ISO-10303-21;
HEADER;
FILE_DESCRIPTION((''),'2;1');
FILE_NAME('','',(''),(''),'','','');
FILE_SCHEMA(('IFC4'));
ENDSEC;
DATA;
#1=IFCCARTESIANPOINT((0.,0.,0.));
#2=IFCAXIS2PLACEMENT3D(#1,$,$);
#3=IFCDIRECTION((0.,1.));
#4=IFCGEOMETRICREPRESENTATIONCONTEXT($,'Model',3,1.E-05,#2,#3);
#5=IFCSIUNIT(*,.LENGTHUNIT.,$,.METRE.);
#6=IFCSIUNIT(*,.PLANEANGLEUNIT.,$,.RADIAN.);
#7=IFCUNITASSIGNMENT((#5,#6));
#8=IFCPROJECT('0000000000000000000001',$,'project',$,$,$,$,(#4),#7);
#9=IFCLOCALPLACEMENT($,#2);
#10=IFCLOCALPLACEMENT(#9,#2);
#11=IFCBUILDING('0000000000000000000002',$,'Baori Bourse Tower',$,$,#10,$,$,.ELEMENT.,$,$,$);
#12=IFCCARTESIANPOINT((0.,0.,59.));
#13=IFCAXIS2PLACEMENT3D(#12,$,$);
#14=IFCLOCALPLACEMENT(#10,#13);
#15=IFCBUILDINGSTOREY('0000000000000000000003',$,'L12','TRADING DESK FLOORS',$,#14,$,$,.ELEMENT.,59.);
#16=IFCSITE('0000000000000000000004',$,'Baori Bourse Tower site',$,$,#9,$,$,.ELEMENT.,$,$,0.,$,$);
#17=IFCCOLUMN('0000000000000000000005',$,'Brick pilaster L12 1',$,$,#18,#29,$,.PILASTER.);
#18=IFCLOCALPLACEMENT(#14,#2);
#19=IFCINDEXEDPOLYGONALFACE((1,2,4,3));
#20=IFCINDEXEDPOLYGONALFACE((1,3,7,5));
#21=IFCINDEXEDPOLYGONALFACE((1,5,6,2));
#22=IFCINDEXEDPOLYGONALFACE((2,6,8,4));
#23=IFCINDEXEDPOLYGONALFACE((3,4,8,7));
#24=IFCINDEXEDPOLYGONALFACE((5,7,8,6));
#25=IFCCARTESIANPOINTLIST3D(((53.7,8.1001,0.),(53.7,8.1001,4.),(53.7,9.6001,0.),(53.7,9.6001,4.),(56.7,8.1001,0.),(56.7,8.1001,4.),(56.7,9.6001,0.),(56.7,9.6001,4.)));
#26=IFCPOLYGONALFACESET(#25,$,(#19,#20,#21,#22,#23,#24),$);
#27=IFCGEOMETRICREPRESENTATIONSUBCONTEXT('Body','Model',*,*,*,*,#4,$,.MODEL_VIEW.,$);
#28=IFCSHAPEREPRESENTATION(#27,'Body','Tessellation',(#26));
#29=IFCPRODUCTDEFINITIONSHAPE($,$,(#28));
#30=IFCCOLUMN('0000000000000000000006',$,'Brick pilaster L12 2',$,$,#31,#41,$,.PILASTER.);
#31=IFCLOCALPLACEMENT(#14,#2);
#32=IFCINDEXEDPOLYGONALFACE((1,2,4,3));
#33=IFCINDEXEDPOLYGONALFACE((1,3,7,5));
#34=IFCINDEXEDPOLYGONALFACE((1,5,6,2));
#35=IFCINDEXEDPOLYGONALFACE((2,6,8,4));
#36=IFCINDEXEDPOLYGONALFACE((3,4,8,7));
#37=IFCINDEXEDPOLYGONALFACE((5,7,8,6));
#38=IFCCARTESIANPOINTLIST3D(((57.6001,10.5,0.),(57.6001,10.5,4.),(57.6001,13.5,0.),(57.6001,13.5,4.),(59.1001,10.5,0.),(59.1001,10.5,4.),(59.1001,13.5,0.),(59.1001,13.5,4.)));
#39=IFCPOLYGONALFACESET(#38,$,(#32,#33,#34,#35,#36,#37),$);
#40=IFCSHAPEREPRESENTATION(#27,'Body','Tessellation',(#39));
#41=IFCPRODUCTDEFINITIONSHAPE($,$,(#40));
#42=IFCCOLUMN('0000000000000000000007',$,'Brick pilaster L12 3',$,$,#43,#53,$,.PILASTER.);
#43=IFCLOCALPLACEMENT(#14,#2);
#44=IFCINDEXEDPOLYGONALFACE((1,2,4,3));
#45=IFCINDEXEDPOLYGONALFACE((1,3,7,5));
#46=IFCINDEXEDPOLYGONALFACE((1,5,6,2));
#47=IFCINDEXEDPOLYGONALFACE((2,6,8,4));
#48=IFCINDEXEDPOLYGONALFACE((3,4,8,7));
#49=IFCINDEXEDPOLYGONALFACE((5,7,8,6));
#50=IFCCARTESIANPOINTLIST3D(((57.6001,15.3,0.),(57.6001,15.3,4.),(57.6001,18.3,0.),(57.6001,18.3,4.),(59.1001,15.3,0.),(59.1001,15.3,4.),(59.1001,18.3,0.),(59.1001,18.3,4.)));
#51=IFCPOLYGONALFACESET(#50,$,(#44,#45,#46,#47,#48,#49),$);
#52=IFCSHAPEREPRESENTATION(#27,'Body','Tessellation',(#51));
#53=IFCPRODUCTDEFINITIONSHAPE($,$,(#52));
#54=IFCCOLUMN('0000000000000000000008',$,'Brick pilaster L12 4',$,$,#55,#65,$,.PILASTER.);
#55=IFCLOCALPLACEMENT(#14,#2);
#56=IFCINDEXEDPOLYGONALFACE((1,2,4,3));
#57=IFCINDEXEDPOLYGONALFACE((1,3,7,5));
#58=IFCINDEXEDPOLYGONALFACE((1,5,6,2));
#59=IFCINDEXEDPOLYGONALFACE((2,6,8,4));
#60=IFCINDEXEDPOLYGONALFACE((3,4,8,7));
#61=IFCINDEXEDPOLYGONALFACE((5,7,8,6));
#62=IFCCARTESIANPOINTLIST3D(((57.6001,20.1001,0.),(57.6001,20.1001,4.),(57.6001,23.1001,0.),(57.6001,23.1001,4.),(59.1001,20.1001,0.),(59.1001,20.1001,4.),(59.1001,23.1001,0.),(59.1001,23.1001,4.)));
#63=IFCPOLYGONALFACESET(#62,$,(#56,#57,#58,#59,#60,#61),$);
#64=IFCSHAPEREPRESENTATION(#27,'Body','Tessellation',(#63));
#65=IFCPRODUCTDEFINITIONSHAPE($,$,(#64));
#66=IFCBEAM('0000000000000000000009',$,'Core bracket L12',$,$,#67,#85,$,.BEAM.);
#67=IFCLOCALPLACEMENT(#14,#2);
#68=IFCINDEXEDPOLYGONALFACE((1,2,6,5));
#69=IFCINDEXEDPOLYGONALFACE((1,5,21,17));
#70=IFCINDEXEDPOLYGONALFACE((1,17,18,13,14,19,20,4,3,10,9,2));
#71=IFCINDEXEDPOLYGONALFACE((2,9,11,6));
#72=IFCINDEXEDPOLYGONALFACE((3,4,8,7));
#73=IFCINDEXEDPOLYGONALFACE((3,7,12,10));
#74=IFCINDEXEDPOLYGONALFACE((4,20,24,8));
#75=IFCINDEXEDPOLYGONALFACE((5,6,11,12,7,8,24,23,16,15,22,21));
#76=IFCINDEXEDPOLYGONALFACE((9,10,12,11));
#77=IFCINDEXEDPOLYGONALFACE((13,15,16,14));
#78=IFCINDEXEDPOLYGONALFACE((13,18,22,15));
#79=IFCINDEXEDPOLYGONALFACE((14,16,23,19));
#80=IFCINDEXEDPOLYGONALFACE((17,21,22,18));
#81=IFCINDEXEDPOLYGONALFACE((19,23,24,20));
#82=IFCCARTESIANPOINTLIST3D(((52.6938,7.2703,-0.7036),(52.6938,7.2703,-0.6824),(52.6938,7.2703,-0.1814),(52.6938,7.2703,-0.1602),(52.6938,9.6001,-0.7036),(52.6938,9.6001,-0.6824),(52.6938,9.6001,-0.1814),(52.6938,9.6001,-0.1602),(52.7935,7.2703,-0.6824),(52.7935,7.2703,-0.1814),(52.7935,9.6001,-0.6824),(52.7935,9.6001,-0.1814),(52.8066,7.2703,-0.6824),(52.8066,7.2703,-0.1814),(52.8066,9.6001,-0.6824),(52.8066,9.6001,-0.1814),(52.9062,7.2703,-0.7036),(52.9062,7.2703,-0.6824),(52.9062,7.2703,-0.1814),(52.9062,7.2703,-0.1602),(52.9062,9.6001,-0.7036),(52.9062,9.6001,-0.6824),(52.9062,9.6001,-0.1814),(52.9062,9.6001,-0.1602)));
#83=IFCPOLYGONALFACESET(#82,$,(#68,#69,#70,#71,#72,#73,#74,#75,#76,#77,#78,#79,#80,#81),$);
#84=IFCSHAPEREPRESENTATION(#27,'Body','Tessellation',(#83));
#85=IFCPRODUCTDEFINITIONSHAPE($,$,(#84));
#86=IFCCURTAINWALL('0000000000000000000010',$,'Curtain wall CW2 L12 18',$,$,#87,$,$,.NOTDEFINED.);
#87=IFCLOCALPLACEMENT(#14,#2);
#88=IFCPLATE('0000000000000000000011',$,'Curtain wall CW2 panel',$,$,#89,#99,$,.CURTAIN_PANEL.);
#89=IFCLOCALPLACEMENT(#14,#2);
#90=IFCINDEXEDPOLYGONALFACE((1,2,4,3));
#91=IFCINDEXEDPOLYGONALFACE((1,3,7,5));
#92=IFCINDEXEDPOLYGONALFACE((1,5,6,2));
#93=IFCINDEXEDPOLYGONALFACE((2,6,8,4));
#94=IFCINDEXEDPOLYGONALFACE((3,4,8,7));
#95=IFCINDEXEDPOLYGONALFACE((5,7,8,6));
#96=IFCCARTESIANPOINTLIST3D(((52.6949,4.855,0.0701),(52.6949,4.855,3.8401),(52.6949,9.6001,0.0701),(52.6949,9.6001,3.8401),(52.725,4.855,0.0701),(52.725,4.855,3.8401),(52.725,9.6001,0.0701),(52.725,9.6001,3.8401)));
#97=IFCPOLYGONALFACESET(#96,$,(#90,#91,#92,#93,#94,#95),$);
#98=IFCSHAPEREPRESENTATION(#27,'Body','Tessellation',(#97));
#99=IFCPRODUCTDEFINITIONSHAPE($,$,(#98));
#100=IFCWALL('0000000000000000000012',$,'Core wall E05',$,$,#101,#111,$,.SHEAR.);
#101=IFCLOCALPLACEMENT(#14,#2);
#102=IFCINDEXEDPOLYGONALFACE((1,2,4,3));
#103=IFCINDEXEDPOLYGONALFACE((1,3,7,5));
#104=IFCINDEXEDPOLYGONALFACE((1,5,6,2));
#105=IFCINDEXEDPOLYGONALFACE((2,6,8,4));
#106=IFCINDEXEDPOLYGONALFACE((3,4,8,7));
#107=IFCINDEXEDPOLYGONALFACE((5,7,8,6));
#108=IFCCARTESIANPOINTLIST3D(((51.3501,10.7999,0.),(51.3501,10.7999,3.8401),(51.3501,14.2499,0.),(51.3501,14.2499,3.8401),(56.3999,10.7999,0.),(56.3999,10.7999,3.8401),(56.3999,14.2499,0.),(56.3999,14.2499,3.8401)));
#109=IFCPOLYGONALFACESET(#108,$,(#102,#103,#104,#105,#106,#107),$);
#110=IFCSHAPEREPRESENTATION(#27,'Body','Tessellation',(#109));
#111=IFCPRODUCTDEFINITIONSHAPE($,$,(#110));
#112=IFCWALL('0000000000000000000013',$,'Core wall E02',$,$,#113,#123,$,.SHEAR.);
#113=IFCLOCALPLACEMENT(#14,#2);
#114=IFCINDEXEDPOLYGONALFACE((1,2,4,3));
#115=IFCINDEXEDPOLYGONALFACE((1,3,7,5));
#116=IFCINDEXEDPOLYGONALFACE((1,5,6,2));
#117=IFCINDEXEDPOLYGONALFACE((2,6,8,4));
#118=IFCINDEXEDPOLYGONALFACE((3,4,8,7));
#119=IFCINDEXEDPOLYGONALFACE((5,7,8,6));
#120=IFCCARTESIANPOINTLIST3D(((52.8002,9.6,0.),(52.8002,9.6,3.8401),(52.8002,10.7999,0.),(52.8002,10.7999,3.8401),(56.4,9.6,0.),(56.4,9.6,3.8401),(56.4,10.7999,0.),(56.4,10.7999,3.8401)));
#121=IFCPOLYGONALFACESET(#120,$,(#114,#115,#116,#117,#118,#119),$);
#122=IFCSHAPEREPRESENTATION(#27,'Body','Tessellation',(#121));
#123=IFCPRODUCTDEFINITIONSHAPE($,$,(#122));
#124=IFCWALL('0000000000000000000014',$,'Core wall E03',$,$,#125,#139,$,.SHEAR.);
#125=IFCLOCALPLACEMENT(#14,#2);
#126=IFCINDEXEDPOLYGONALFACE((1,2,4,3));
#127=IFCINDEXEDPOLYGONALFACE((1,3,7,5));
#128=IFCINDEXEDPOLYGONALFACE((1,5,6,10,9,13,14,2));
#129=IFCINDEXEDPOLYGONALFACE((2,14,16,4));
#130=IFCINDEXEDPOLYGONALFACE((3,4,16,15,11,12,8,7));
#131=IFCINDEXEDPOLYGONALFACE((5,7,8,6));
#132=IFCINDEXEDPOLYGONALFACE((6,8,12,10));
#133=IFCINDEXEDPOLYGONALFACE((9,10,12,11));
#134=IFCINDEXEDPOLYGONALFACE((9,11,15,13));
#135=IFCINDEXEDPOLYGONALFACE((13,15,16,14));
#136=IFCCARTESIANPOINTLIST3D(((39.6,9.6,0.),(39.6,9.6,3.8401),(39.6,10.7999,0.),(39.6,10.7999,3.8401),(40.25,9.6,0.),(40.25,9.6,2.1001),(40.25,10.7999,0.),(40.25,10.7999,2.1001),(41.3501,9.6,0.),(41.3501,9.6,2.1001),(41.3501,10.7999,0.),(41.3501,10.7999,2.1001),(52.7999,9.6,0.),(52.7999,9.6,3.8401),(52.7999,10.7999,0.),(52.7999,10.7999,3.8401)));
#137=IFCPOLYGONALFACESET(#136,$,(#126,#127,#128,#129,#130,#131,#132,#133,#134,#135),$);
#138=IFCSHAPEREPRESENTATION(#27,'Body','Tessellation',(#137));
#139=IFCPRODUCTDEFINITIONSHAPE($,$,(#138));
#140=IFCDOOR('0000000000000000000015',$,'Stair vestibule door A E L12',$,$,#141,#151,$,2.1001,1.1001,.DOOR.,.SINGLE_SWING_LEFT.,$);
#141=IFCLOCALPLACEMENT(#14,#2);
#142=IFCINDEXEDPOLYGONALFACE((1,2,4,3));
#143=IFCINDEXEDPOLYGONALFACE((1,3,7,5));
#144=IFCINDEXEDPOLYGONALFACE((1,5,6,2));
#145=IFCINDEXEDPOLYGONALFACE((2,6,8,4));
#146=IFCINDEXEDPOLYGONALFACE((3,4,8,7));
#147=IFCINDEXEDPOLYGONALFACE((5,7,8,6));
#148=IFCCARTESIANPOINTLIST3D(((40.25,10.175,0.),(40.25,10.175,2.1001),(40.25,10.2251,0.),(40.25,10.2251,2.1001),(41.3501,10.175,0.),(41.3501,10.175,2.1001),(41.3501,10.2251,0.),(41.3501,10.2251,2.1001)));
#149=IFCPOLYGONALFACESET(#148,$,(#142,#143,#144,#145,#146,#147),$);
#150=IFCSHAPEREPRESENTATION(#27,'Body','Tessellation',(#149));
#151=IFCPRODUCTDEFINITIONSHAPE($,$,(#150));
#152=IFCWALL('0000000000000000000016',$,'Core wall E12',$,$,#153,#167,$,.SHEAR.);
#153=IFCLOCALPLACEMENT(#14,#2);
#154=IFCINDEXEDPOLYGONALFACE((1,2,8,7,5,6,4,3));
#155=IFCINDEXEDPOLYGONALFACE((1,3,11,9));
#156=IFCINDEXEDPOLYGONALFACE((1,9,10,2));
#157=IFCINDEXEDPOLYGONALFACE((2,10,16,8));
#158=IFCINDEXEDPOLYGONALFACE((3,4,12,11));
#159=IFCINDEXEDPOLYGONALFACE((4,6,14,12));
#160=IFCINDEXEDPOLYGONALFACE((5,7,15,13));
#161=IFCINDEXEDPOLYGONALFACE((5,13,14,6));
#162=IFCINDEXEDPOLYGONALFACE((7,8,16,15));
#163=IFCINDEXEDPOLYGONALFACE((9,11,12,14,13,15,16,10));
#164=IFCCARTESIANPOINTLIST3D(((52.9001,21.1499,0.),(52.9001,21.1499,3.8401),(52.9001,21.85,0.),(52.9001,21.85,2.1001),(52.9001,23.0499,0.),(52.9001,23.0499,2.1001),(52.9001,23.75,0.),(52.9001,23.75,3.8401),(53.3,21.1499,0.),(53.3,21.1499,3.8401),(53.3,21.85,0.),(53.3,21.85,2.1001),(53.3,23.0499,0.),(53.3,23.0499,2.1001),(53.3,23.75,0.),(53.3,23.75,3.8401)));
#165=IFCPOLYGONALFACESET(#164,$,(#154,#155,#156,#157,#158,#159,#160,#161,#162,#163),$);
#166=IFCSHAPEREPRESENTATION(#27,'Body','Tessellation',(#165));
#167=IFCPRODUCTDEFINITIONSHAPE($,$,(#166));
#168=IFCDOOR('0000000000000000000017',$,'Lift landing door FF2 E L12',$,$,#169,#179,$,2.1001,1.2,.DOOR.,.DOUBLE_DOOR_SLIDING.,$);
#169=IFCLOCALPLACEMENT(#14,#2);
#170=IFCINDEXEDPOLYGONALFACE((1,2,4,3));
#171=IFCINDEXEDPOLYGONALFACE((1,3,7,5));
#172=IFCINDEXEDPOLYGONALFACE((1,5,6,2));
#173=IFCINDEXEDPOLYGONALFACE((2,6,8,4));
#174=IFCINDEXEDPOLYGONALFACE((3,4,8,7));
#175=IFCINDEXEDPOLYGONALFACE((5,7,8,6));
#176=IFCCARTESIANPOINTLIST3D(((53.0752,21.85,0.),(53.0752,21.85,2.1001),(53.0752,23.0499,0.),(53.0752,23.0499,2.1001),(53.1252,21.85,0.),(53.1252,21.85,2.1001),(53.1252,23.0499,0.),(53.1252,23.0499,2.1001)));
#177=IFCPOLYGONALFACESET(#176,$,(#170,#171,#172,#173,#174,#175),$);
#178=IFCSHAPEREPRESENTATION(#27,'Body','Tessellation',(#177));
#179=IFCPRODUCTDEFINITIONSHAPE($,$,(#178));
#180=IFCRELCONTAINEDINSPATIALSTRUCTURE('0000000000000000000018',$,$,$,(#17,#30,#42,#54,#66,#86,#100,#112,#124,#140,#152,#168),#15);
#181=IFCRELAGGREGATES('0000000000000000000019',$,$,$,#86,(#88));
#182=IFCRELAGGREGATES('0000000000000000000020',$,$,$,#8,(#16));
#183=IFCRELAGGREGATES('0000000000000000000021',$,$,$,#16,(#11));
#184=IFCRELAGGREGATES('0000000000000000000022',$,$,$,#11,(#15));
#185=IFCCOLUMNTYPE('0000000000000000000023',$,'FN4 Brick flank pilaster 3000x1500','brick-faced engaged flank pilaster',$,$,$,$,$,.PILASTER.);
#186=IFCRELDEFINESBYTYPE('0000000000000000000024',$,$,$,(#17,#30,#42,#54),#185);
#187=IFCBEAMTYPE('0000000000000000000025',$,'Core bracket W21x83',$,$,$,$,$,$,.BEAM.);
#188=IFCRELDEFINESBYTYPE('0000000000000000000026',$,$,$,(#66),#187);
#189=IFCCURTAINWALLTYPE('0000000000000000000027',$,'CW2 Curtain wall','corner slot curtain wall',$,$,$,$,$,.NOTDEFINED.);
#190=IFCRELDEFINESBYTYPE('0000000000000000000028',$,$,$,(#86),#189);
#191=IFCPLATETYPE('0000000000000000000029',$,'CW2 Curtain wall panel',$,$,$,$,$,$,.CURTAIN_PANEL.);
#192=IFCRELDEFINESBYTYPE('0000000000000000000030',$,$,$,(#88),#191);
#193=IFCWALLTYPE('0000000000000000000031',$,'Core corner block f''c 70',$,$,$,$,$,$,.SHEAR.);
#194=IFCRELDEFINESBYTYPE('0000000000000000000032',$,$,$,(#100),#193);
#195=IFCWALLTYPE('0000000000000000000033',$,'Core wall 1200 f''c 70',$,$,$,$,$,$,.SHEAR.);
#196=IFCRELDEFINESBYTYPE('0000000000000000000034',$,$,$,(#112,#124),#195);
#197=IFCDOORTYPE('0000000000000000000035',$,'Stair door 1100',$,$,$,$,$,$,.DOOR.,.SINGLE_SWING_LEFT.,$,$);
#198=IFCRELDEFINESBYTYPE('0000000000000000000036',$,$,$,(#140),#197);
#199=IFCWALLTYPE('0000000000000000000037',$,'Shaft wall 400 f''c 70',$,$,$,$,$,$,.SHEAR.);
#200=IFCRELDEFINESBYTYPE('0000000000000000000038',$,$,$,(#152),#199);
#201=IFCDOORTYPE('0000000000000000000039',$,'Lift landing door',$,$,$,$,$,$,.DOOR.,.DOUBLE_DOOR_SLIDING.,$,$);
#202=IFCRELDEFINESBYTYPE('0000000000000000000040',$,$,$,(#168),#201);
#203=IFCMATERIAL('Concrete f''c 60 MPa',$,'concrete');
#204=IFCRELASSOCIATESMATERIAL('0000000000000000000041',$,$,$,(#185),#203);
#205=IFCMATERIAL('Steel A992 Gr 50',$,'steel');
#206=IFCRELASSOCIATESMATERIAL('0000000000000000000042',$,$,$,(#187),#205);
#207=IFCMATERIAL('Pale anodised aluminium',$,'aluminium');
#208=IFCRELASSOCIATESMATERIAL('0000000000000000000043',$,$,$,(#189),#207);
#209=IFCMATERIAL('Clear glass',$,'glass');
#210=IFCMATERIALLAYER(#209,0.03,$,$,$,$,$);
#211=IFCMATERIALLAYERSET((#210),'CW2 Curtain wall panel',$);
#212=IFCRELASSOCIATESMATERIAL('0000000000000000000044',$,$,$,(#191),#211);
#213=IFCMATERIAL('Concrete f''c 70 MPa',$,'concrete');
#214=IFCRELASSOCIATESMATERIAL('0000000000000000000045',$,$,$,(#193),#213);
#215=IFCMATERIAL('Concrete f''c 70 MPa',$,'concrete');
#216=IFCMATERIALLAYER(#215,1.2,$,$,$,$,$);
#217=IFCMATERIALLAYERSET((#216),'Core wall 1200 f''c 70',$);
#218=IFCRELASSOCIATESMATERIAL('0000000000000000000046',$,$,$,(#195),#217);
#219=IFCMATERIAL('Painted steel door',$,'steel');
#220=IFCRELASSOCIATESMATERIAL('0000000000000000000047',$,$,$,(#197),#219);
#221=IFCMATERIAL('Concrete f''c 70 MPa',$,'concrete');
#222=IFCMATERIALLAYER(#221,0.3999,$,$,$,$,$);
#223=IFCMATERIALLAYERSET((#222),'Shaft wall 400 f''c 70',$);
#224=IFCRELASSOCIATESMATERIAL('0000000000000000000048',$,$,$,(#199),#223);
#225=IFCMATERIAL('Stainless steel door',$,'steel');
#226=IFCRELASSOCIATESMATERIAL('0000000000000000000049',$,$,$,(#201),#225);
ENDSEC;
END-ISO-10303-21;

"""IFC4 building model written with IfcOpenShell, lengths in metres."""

from ifc_helpers import new_model, si_unit, direction, frame, frame_2d, origin, origin_2d, place, context, subcontext, project, spatial, rectangle, i_section, extrude, material, layer, layer_set, material_profile, profile_set, type_object, element, fill, aggregate, save


model = new_model("IFC4")

# Units and contexts
model_context = context("Model", 3, precision=1e-05, world=origin(), true_north=direction((0.0, 1.0)))
body_context = subcontext(model_context, "Body", "Model", "MODEL_VIEW")
ifc_project = project(units=[si_unit("LENGTHUNIT", "METRE"), si_unit("PLANEANGLEUNIT", "RADIAN")], contexts=[model_context])

# Site, building, storey
site_placement = place(None, origin())
site = spatial("IfcSite", under=ifc_project, at=site_placement, Name="Baori Bourse Tower site", CompositionType="ELEMENT", RefElevation=0.0)
building_placement = place(site_placement, origin())
building = spatial("IfcBuilding", under=site, at=building_placement, Name="Baori Bourse Tower", CompositionType="ELEMENT")
storey_placement = place(building_placement, frame((0.0, 0.0, 59.0)))
storey = spatial("IfcBuildingStorey", under=building, at=storey_placement, Name="L12", Description="TRADING DESK FLOORS", CompositionType="ELEMENT", Elevation=59.0)

# Columns
ifc_material_1 = material(Name="Concrete f'c 60 MPa", Category="concrete")
ifc_material_profile_1 = material_profile(ifc_material_1, rectangle(XDim=3.0, YDim=1.5, at=origin_2d()), Name="RC 3000x1500")
ifc_profile_set_1 = profile_set([ifc_material_profile_1], Name="Concrete f'c 60 MPa")
column_type = type_object("IfcColumnType", Name="FN4 Brick flank pilaster 3000x1500", Description="brick-faced engaged flank pilaster", PredefinedType="PILASTER", material=ifc_profile_set_1)
for number, where, z_axis, x_axis, name in (
    (1, (55.2, 8.8501, 0.0), (0.0, 0.0, 1.0), (1.0, 0.0, 0.0), "Brick pilaster L12 1"),
    (2, (58.3501, 12.0, 0.0), (0.0, 0.0, 1.0), (0.0, 1.0, 0.0), "Brick pilaster L12 2"),
    (3, (58.3501, 16.8, 0.0), (0.0, 0.0, 1.0), (0.0, 1.0, 0.0), "Brick pilaster L12 3"),
    (4, (58.3501, 21.6001, 0.0), (0.0, 0.0, 1.0), (0.0, 1.0, 0.0), "Brick pilaster L12 4"),
):
    element("IfcColumn", number, at=place(storey_placement, frame(where, z_axis=z_axis, x_axis=x_axis)), inside=storey, type_object=column_type, Name=name, PredefinedType="PILASTER", context=body_context, shape_type="SweptSolid", body=[
        extrude(rectangle(XDim=3.0, YDim=1.5, at=origin_2d()), origin(), (0.0, 0.0, 1.0), 4.0),
    ])

# Beam
ifc_material_2 = material(Name="Steel A992 Gr 50", Category="steel")
ifc_material_profile_2 = material_profile(ifc_material_2, i_section(OverallWidth=0.2124, OverallDepth=0.5435, WebThickness=0.0132, FlangeThickness=0.0212, at=origin_2d()), Name="W21x83")
ifc_profile_set_2 = profile_set([ifc_material_profile_2], Name="Steel A992 Gr 50")
beam_type = type_object("IfcBeamType", Name="Core bracket W21x83", PredefinedType="BEAM", material=ifc_profile_set_2)
beam_placement = place(storey_placement, frame((52.8, 7.2703, -0.4319), z_axis=(0.0, 1.0, 0.0), x_axis=(-1.0, 0.0, 0.0)))
element("IfcBeam", 5, at=beam_placement, inside=storey, type_object=beam_type, Name="Core bracket L12", PredefinedType="BEAM", context=body_context, shape_type="SweptSolid", body=[
    extrude(i_section(OverallWidth=0.2124, OverallDepth=0.5435, WebThickness=0.0132, FlangeThickness=0.0212, at=origin_2d()), origin(), (0.0, 0.0, 1.0), 2.3298),
])

# Curtain wall, plate
ifc_material_3 = material(Name="Pale anodised aluminium", Category="aluminium")
curtain_wall_type = type_object("IfcCurtainWallType", Name="CW2 Curtain wall", Description="corner slot curtain wall", PredefinedType="NOTDEFINED", material=ifc_material_3)
curtain_wall_placement = place(storey_placement, origin())
curtain_wall = element("IfcCurtainWall", 6, at=curtain_wall_placement, inside=storey, type_object=curtain_wall_type, Name="Curtain wall CW2 L12 18", PredefinedType="NOTDEFINED")
ifc_material_4 = material(Name="Clear glass", Category="glass")
ifc_layer_1 = layer(ifc_material_4, 0.03)
ifc_layer_set_1 = layer_set([ifc_layer_1], Name="CW2 Curtain wall panel")
plate_type = type_object("IfcPlateType", Name="CW2 Curtain wall panel", PredefinedType="CURTAIN_PANEL", material=ifc_layer_set_1)
plate_placement = place(storey_placement, frame((52.71, 7.2275, 0.0701), z_axis=(0.0, 0.0, 1.0), x_axis=(0.0, 1.0, 0.0)))
plate = element("IfcPlate", 7, at=plate_placement, type_object=plate_type, Name="Curtain wall CW2 panel", PredefinedType="CURTAIN_PANEL", context=body_context, shape_type="SweptSolid", body=[
    extrude(rectangle(XDim=4.7451, YDim=0.03, at=origin_2d()), origin(), (0.0, 0.0, 1.0), 3.77),
])
aggregate(curtain_wall, [plate])

# Walls
ifc_material_5 = material(Name="Concrete f'c 70 MPa", Category="concrete")
wall_type_1 = type_object("IfcWallType", Name="Core corner block f'c 70", PredefinedType="SHEAR", material=ifc_material_5)
wall_1_placement = place(storey_placement, frame((51.3501, 12.5249, 0.0), z_axis=(0.0, 0.0, 1.0), x_axis=(1.0, 0.0, 0.0)))
element("IfcWall", 8, at=wall_1_placement, inside=storey, type_object=wall_type_1, Name="Core wall E05", PredefinedType="SHEAR", context=body_context, shape_type="SweptSolid", body=[
    extrude(rectangle(XDim=5.0498, YDim=3.45, at=frame_2d((2.5249, 0.0))), origin(), (0.0, 0.0, 1.0), 3.8401),
])
ifc_material_6 = material(Name="Concrete f'c 70 MPa", Category="concrete")
ifc_layer_2 = layer(ifc_material_6, 1.2)
ifc_layer_set_2 = layer_set([ifc_layer_2], Name="Core wall 1200 f'c 70")
wall_type_2 = type_object("IfcWallType", Name="Core wall 1200 f'c 70", PredefinedType="SHEAR", material=ifc_layer_set_2)
wall_2_placement = place(storey_placement, frame((56.3999, 10.2, 0.0), z_axis=(0.0, 0.0, 1.0), x_axis=(-1.0, 0.0, 0.0)))
element("IfcWall", 9, at=wall_2_placement, inside=storey, type_object=wall_type_2, Name="Core wall E02", PredefinedType="SHEAR", context=body_context, shape_type="SweptSolid", body=[
    extrude(rectangle(XDim=3.5999, YDim=1.2, at=frame_2d((1.7998, 0.0))), origin(), (0.0, 0.0, 1.0), 3.8401),
])

# Walls, openings, doors
wall_3_placement = place(storey_placement, frame((52.8, 10.2, 0.0), z_axis=(0.0, 0.0, 1.0), x_axis=(-1.0, 0.0, 0.0)))
wall_3 = element("IfcWall", 10, at=wall_3_placement, inside=storey, type_object=wall_type_2, Name="Core wall E03", PredefinedType="SHEAR", context=body_context, shape_type="SweptSolid", body=[
    extrude(rectangle(XDim=13.2, YDim=1.2, at=frame_2d((6.6001, 0.0))), origin(), (0.0, 0.0, 1.0), 3.8401),
])
opening_1_placement = place(wall_3_placement, frame((11.45, 0.0, 0.0)))
opening_1 = element("IfcOpeningElement", 11, at=opening_1_placement, cuts=wall_3, PredefinedType="OPENING", context=body_context, shape_type="SweptSolid", body=[
    extrude(rectangle(XDim=1.1001, YDim=2.1001, at=frame_2d((0.55, 1.05))), frame((0.0, 0.6099, 0.0), z_axis=(0.0, -1.0, 0.0), x_axis=(1.0, 0.0, 0.0)), (0.0, 0.0, 1.0), 1.22),
])
ifc_material_7 = material(Name="Painted steel door", Category="steel")
door_type_1 = type_object("IfcDoorType", Name="Stair door 1100", OperationType="SINGLE_SWING_LEFT", PredefinedType="DOOR", material=ifc_material_7)
door_1_placement = place(opening_1_placement, origin())
door_1 = element("IfcDoor", 12, at=door_1_placement, inside=storey, type_object=door_type_1, Name="Stair vestibule door A E L12", OperationType="SINGLE_SWING_LEFT", OverallHeight=2.1001, OverallWidth=1.1001, PredefinedType="DOOR", context=body_context, shape_type="SweptSolid", body=[
    extrude(rectangle(XDim=1.1001, YDim=2.1001, at=frame_2d((0.55, 1.05))), frame((0.0, 0.0249, 0.0), z_axis=(0.0, -1.0, 0.0), x_axis=(1.0, 0.0, 0.0)), (0.0, 0.0, 1.0), 0.05),
])
fill(opening_1, door_1)
ifc_material_8 = material(Name="Concrete f'c 70 MPa", Category="concrete")
ifc_layer_3 = layer(ifc_material_8, 0.3999)
ifc_layer_set_3 = layer_set([ifc_layer_3], Name="Shaft wall 400 f'c 70")
wall_type_3 = type_object("IfcWallType", Name="Shaft wall 400 f'c 70", PredefinedType="SHEAR", material=ifc_layer_set_3)
wall_4_placement = place(storey_placement, frame((53.1001, 21.1499, 0.0), z_axis=(0.0, 0.0, 1.0), x_axis=(0.0, 1.0, 0.0)))
wall_4 = element("IfcWall", 13, at=wall_4_placement, inside=storey, type_object=wall_type_3, Name="Core wall E12", PredefinedType="SHEAR", context=body_context, shape_type="SweptSolid", body=[
    extrude(rectangle(XDim=2.6001, YDim=0.3999, at=frame_2d((1.3, 0.0))), origin(), (0.0, 0.0, 1.0), 3.8401),
])
opening_2_placement = place(wall_4_placement, frame((0.7, 0.0, 0.0)))
opening_2 = element("IfcOpeningElement", 14, at=opening_2_placement, cuts=wall_4, PredefinedType="OPENING", context=body_context, shape_type="SweptSolid", body=[
    extrude(rectangle(XDim=1.2, YDim=2.1001, at=frame_2d((0.6001, 1.05))), frame((0.0, 0.21, 0.0), z_axis=(0.0, -1.0, 0.0), x_axis=(1.0, 0.0, 0.0)), (0.0, 0.0, 1.0), 0.4199),
])
ifc_material_9 = material(Name="Stainless steel door", Category="steel")
door_type_2 = type_object("IfcDoorType", Name="Lift landing door", OperationType="DOUBLE_DOOR_SLIDING", PredefinedType="DOOR", material=ifc_material_9)
door_2_placement = place(opening_2_placement, origin())
door_2 = element("IfcDoor", 15, at=door_2_placement, inside=storey, type_object=door_type_2, Name="Lift landing door FF2 E L12", OperationType="DOUBLE_DOOR_SLIDING", OverallHeight=2.1001, OverallWidth=1.2, PredefinedType="DOOR", context=body_context, shape_type="SweptSolid", body=[
    extrude(rectangle(XDim=1.2, YDim=2.1001, at=frame_2d((0.6001, 1.05))), frame((0.0, 0.0249, 0.0), z_axis=(0.0, -1.0, 0.0), x_axis=(1.0, 0.0, 0.0)), (0.0, 0.0, 1.0), 0.05),
])
fill(opening_2, door_2)

save(model, "model.ifc")
